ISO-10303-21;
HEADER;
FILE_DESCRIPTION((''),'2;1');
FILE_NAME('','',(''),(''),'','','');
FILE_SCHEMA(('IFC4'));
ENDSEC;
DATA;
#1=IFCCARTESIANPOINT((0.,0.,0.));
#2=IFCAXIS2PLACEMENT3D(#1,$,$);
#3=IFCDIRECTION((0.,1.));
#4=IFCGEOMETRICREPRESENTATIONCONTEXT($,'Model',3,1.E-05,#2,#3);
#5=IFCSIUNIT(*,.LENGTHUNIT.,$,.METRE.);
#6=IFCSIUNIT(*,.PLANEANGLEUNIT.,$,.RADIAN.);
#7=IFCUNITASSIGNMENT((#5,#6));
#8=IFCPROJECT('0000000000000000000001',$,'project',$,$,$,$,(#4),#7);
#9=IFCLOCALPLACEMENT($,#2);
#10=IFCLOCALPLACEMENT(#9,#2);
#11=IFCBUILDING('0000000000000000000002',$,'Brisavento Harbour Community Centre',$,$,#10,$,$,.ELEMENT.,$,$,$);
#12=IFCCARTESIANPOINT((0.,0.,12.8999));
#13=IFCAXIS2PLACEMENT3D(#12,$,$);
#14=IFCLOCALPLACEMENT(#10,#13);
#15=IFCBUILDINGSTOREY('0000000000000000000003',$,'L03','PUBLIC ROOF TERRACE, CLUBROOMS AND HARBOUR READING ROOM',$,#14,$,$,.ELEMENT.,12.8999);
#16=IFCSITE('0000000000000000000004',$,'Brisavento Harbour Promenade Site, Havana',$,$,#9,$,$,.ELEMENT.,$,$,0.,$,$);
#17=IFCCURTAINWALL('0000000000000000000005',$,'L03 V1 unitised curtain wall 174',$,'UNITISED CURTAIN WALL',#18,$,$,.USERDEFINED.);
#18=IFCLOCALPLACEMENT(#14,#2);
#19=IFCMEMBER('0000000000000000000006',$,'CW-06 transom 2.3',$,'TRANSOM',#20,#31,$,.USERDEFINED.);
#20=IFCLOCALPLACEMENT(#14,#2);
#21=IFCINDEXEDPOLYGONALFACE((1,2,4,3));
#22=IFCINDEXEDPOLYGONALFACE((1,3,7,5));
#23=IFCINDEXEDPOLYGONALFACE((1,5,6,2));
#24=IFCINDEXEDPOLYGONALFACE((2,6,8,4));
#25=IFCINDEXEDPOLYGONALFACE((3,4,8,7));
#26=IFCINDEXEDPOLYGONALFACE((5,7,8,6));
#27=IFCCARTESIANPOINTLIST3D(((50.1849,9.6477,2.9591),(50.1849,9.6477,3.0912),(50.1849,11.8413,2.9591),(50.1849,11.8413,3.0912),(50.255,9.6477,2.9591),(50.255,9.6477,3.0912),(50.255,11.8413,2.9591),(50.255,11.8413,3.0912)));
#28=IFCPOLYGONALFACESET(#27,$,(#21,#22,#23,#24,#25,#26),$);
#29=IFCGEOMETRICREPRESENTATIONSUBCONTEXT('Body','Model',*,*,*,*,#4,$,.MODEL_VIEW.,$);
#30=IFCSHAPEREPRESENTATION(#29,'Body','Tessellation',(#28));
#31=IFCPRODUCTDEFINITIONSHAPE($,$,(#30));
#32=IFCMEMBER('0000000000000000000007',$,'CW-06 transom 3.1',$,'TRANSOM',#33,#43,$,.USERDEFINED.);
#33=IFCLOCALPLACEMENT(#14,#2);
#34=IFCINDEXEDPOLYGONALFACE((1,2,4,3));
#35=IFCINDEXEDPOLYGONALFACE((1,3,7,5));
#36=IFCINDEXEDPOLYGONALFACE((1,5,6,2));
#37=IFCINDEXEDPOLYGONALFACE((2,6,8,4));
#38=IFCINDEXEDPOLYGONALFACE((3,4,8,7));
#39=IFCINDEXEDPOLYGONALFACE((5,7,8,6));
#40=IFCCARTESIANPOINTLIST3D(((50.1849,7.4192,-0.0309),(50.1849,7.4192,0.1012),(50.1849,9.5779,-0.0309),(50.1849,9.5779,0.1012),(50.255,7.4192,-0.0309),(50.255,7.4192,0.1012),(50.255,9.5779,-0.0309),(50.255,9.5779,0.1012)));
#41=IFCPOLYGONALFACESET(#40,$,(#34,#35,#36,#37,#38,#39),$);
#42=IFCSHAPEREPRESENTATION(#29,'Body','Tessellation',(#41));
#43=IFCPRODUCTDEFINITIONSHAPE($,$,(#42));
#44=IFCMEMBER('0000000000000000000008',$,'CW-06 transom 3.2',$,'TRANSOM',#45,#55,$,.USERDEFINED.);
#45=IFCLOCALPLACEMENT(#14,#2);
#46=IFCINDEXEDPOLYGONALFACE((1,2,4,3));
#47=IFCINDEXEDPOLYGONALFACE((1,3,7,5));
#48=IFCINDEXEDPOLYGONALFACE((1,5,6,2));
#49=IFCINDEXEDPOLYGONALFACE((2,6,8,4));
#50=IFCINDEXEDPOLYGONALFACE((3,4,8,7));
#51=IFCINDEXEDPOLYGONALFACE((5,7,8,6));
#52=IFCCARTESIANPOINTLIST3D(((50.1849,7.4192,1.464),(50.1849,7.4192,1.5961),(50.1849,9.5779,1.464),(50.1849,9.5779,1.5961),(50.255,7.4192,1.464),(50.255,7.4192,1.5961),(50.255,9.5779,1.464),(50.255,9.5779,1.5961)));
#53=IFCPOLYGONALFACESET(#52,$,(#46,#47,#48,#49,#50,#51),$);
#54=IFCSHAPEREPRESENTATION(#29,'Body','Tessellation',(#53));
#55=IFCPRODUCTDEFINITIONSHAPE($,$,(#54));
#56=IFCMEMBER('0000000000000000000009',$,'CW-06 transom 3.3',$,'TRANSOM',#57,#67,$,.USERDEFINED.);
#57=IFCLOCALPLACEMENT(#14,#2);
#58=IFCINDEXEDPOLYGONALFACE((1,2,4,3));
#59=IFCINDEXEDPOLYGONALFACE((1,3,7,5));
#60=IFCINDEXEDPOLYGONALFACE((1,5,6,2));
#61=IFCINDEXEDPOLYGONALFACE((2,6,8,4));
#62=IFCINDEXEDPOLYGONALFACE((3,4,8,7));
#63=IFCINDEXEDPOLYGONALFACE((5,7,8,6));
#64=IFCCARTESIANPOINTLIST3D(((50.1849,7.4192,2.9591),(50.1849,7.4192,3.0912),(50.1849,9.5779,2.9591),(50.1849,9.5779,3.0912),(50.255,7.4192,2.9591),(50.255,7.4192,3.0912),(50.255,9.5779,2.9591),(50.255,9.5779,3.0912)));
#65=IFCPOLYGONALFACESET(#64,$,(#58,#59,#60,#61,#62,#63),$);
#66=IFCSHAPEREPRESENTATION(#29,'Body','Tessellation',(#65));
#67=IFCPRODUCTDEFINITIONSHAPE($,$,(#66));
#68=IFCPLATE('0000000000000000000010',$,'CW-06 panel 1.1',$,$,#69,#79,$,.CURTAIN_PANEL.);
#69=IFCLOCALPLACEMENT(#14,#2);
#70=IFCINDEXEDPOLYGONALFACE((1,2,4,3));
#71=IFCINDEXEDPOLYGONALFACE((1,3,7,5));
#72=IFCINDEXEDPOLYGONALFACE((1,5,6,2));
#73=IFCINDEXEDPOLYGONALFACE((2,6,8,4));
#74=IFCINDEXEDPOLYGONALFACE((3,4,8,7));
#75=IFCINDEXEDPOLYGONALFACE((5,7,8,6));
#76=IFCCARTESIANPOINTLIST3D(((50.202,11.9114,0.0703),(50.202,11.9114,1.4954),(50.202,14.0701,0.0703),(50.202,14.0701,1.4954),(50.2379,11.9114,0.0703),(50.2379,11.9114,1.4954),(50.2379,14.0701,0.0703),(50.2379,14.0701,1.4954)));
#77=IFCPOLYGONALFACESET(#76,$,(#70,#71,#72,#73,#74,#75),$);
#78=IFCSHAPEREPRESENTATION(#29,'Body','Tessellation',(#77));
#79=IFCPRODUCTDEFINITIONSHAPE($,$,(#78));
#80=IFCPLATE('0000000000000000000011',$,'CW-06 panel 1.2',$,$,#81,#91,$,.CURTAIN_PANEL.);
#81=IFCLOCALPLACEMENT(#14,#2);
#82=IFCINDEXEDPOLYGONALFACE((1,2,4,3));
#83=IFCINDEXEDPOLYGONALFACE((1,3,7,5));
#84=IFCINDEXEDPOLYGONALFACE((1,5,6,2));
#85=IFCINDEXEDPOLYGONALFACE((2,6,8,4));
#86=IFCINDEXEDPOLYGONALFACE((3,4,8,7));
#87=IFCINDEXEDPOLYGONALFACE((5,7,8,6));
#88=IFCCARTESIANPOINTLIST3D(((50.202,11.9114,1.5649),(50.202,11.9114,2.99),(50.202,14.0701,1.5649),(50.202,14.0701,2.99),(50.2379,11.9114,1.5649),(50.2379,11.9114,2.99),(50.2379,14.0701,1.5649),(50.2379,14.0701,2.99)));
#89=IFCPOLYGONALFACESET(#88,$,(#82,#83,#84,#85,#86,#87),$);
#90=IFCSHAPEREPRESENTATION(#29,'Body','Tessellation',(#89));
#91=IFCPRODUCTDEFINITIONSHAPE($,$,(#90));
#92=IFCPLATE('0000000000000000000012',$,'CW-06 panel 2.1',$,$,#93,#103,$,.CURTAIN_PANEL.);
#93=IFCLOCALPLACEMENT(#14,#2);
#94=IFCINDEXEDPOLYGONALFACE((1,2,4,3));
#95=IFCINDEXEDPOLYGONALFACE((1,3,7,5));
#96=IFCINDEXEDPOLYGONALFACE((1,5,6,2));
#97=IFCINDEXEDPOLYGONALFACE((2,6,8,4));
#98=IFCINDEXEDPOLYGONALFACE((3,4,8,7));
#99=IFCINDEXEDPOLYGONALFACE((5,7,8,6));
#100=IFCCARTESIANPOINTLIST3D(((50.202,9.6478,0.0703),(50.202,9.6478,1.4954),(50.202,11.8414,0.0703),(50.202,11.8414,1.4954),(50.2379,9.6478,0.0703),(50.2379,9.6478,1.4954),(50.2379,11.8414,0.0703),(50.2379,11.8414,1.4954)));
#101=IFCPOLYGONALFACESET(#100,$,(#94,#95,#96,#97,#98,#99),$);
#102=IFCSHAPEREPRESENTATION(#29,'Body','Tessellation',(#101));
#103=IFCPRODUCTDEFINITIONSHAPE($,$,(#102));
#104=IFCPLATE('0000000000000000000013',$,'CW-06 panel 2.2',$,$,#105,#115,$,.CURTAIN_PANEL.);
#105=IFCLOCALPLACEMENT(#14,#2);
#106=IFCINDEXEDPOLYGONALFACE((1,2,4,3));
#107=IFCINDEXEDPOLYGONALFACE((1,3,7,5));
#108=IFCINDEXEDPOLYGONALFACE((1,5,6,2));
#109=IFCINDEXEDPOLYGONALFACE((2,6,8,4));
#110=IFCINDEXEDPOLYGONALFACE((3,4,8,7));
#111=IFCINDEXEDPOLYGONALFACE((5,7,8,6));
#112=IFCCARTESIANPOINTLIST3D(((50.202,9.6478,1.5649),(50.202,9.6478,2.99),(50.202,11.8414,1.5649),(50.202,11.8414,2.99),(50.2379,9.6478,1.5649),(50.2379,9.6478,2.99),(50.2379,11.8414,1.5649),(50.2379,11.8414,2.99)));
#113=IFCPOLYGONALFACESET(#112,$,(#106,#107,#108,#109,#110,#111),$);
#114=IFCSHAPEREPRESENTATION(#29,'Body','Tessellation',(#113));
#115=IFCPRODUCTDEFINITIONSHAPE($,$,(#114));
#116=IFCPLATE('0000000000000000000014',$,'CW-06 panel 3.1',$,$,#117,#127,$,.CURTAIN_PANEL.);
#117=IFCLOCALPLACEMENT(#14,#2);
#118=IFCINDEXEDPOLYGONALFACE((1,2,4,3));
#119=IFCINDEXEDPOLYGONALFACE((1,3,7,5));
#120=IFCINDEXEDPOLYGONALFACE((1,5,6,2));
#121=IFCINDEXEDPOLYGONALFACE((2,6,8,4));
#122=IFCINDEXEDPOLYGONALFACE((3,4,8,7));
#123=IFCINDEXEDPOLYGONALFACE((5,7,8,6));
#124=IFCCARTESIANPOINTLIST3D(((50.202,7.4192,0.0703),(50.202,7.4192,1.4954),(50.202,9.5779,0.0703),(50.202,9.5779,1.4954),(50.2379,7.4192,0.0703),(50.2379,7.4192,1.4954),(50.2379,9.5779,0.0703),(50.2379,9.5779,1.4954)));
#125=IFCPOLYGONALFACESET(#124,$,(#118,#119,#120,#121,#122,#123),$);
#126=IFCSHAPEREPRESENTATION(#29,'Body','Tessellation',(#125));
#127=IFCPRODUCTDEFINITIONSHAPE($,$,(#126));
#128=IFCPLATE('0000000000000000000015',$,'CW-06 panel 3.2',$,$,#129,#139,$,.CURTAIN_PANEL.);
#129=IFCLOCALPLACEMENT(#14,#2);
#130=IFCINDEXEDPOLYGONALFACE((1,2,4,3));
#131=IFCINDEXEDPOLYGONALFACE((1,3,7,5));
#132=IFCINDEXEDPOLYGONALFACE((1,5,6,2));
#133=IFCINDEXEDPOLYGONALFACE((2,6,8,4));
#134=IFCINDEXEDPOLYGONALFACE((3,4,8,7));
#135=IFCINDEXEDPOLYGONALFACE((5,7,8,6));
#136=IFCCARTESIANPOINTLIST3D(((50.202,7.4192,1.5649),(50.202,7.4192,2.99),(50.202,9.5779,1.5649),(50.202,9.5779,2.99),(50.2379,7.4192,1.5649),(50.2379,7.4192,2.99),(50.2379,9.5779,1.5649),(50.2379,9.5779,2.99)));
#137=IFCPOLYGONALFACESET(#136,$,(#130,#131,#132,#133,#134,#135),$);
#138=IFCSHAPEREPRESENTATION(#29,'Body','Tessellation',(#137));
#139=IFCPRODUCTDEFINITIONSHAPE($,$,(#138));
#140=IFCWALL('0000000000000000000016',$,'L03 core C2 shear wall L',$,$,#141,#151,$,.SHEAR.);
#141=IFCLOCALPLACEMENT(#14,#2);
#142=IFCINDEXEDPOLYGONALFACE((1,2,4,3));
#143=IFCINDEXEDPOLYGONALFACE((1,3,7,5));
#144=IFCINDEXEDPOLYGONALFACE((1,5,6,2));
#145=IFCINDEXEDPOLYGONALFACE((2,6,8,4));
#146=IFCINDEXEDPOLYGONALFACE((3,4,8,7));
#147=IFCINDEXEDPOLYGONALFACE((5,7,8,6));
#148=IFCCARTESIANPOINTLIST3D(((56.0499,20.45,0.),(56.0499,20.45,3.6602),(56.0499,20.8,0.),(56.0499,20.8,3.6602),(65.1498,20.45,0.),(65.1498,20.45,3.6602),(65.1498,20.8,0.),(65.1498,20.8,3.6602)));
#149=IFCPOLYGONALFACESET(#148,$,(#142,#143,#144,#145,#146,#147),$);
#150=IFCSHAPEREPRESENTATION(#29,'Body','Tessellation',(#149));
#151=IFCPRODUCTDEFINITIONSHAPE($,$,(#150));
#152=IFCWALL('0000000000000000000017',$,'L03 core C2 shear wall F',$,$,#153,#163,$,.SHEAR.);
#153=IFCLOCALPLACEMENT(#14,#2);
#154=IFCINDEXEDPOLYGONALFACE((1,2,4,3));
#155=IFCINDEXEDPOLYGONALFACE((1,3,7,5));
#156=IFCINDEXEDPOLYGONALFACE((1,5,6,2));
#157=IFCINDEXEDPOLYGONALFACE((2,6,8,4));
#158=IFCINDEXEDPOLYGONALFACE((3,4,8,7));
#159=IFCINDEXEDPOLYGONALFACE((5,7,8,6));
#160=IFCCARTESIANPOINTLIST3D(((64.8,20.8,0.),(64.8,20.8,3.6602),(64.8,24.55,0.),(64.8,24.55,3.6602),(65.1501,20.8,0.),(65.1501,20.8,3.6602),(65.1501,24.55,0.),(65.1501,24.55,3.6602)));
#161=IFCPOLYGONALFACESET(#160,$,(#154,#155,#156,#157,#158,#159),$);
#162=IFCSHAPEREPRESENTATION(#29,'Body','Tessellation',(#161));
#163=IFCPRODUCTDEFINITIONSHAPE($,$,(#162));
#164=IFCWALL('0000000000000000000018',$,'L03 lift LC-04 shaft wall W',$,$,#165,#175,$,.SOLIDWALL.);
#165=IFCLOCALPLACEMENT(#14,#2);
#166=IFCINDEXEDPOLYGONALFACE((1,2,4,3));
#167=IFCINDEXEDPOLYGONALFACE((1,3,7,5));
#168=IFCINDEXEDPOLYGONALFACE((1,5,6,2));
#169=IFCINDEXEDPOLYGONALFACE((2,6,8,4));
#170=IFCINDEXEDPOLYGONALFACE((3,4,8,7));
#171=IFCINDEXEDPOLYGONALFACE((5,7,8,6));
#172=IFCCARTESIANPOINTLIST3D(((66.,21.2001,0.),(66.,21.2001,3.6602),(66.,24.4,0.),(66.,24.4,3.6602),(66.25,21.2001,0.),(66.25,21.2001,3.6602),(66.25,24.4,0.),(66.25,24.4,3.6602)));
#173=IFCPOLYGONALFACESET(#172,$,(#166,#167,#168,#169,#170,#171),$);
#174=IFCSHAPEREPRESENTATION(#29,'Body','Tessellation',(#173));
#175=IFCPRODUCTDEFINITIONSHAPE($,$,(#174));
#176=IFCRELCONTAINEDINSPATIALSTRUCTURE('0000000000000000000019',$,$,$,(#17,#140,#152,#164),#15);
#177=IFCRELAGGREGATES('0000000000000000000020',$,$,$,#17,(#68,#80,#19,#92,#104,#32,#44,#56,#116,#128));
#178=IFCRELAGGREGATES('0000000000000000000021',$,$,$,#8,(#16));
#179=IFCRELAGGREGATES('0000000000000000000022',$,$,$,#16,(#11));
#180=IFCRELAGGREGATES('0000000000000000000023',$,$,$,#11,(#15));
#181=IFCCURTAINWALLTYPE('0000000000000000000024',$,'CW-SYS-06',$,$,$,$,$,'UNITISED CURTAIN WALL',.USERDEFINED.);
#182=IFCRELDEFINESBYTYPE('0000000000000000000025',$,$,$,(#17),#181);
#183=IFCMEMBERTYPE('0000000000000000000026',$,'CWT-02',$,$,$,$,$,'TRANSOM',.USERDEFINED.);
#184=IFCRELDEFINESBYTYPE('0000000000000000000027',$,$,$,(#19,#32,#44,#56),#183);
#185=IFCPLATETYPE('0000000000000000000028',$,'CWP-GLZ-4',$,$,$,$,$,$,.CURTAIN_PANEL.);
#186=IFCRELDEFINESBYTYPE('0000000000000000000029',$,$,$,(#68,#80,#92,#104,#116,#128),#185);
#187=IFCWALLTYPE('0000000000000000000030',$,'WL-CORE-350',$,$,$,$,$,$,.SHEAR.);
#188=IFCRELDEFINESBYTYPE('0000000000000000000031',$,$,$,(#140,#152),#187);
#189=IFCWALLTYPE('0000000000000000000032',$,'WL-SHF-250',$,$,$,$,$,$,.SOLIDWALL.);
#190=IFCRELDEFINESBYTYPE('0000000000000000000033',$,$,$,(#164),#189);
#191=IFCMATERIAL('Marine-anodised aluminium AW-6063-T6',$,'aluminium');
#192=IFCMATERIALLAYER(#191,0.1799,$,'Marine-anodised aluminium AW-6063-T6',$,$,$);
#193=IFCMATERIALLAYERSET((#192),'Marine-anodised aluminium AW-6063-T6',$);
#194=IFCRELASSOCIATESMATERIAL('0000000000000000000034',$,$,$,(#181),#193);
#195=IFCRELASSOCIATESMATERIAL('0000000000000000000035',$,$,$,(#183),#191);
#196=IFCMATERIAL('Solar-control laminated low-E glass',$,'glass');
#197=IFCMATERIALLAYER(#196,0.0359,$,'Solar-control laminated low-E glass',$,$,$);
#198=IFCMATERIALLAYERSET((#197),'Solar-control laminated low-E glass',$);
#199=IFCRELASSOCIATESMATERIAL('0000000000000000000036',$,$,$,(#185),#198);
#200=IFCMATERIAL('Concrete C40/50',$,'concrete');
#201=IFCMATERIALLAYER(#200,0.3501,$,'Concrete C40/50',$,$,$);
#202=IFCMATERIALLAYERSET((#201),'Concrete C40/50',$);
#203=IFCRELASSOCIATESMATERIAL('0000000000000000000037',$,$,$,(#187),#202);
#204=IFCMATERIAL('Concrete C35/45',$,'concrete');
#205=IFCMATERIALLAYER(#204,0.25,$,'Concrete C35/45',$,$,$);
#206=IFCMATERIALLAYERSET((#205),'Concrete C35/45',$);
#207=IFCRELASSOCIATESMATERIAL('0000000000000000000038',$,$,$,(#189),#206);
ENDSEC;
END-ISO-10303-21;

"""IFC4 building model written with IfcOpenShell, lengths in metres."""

from ifc_helpers import new_model, si_unit, direction, frame, frame_2d, origin, origin_2d, place, context, subcontext, project, spatial, rectangle, extrude, material, layer, layer_set, material_profile, profile_set, type_object, element, aggregate, save


model = new_model("IFC4")

# Units and contexts
model_context = context("Model", 3, precision=1e-05, world=origin(), true_north=direction((0.0, 1.0)))
body_context = subcontext(model_context, "Body", "Model", "MODEL_VIEW")
ifc_project = project(units=[si_unit("LENGTHUNIT", "METRE"), si_unit("PLANEANGLEUNIT", "RADIAN")], contexts=[model_context])

# Site, building, storey
site_placement = place(None, origin())
site = spatial("IfcSite", under=ifc_project, at=site_placement, Name="Brisavento Harbour Promenade Site, Havana", CompositionType="ELEMENT", RefElevation=0.0)
building_placement = place(site_placement, origin())
building = spatial("IfcBuilding", under=site, at=building_placement, Name="Brisavento Harbour Community Centre", CompositionType="ELEMENT")
storey_placement = place(building_placement, frame((0.0, 0.0, 12.8999)))
storey = spatial("IfcBuildingStorey", under=building, at=storey_placement, Name="L03", Description="PUBLIC ROOF TERRACE, CLUBROOMS AND HARBOUR READING ROOM", CompositionType="ELEMENT", Elevation=12.8999)

# Shared definitions
ifc_material_1 = material(Name="Concrete C35/45", Category="concrete")

# Curtain wall
ifc_material_2 = material(Name="Marine-anodised aluminium AW-6063-T6", Category="aluminium")
ifc_layer_1 = layer(ifc_material_2, 0.1799, Name="Marine-anodised aluminium AW-6063-T6")
ifc_layer_set_1 = layer_set([ifc_layer_1], Name="Marine-anodised aluminium AW-6063-T6")
curtain_wall_type_1 = type_object("IfcCurtainWallType", Name="CW-SYS-06", ElementType="UNITISED CURTAIN WALL", PredefinedType="USERDEFINED", material=ifc_layer_set_1)
curtain_wall_1_placement = place(storey_placement, origin())
curtain_wall_1 = element("IfcCurtainWall", 1, at=curtain_wall_1_placement, inside=storey, type_object=curtain_wall_type_1, Name="L03 V1 unitised curtain wall 174", ObjectType="UNITISED CURTAIN WALL", PredefinedType="USERDEFINED")

# Members
ifc_material_profile_1 = material_profile(ifc_material_2, rectangle(XDim=0.0701, YDim=0.1321, at=origin_2d()), Name="Marine-anodised aluminium AW-6063-T6")
ifc_profile_set_1 = profile_set([ifc_material_profile_1], Name="Marine-anodised aluminium AW-6063-T6")
member_type_1 = type_object("IfcMemberType", Name="CWT-02", ElementType="TRANSOM", PredefinedType="USERDEFINED", material=ifc_profile_set_1)
member_1_placement = place(storey_placement, frame((50.22, 11.8413, 3.0251), z_axis=(0.0, -1.0, 0.0), x_axis=(1.0, 0.0, 0.0)))
member_1 = element("IfcMember", 2, at=member_1_placement, type_object=member_type_1, Name="CW-06 transom 2.3", ObjectType="TRANSOM", PredefinedType="USERDEFINED", context=body_context, shape_type="SweptSolid", body=[
    extrude(rectangle(XDim=0.0701, YDim=0.1321, at=origin_2d()), origin(), (0.0, 0.0, 1.0), 2.1936),
])
member_2_placement = place(storey_placement, frame((50.22, 9.5779, 0.0352), z_axis=(0.0, -1.0, 0.0), x_axis=(1.0, 0.0, 0.0)))
member_2 = element("IfcMember", 3, at=member_2_placement, type_object=member_type_1, Name="CW-06 transom 3.1", ObjectType="TRANSOM", PredefinedType="USERDEFINED", context=body_context, shape_type="SweptSolid", body=[
    extrude(rectangle(XDim=0.0701, YDim=0.1321, at=origin_2d()), origin(), (0.0, 0.0, 1.0), 2.1587),
])
member_3_placement = place(storey_placement, frame((50.22, 9.5779, 1.53), z_axis=(0.0, -1.0, 0.0), x_axis=(1.0, 0.0, 0.0)))
member_3 = element("IfcMember", 4, at=member_3_placement, type_object=member_type_1, Name="CW-06 transom 3.2", ObjectType="TRANSOM", PredefinedType="USERDEFINED", context=body_context, shape_type="SweptSolid", body=[
    extrude(rectangle(XDim=0.0701, YDim=0.1321, at=origin_2d()), origin(), (0.0, 0.0, 1.0), 2.1587),
])
member_4_placement = place(storey_placement, frame((50.22, 9.5779, 3.0251), z_axis=(0.0, -1.0, 0.0), x_axis=(1.0, 0.0, 0.0)))
member_4 = element("IfcMember", 5, at=member_4_placement, type_object=member_type_1, Name="CW-06 transom 3.3", ObjectType="TRANSOM", PredefinedType="USERDEFINED", context=body_context, shape_type="SweptSolid", body=[
    extrude(rectangle(XDim=0.0701, YDim=0.1321, at=origin_2d()), origin(), (0.0, 0.0, 1.0), 2.1587),
])

# Plates
ifc_material_3 = material(Name="Solar-control laminated low-E glass", Category="glass")
ifc_layer_2 = layer(ifc_material_3, 0.0359, Name="Solar-control laminated low-E glass")
ifc_layer_set_2 = layer_set([ifc_layer_2], Name="Solar-control laminated low-E glass")
plate_type = type_object("IfcPlateType", Name="CWP-GLZ-4", PredefinedType="CURTAIN_PANEL", material=ifc_layer_set_2)
plate_1_placement = place(storey_placement, frame((50.22, 12.9907, 0.0703), z_axis=(0.0, 0.0, 1.0), x_axis=(0.0, -1.0, 0.0)))
plate_1 = element("IfcPlate", 6, at=plate_1_placement, type_object=plate_type, Name="CW-06 panel 1.1", PredefinedType="CURTAIN_PANEL", context=body_context, shape_type="SweptSolid", body=[
    extrude(rectangle(XDim=2.1587, YDim=0.0359, at=origin_2d()), origin(), (0.0, 0.0, 1.0), 1.425),
])
plate_2_placement = place(storey_placement, frame((50.22, 12.9907, 1.5649), z_axis=(0.0, 0.0, 1.0), x_axis=(0.0, -1.0, 0.0)))
plate_2 = element("IfcPlate", 7, at=plate_2_placement, type_object=plate_type, Name="CW-06 panel 1.2", PredefinedType="CURTAIN_PANEL", context=body_context, shape_type="SweptSolid", body=[
    extrude(rectangle(XDim=2.1587, YDim=0.0359, at=origin_2d()), origin(), (0.0, 0.0, 1.0), 1.425),
])
plate_3_placement = place(storey_placement, frame((50.22, 10.7446, 0.0703), z_axis=(0.0, 0.0, 1.0), x_axis=(0.0, -1.0, 0.0)))
plate_3 = element("IfcPlate", 8, at=plate_3_placement, type_object=plate_type, Name="CW-06 panel 2.1", PredefinedType="CURTAIN_PANEL", context=body_context, shape_type="SweptSolid", body=[
    extrude(rectangle(XDim=2.1936, YDim=0.0359, at=origin_2d()), origin(), (0.0, 0.0, 1.0), 1.425),
])
plate_4_placement = place(storey_placement, frame((50.22, 10.7446, 1.5649), z_axis=(0.0, 0.0, 1.0), x_axis=(0.0, -1.0, 0.0)))
plate_4 = element("IfcPlate", 9, at=plate_4_placement, type_object=plate_type, Name="CW-06 panel 2.2", PredefinedType="CURTAIN_PANEL", context=body_context, shape_type="SweptSolid", body=[
    extrude(rectangle(XDim=2.1936, YDim=0.0359, at=origin_2d()), origin(), (0.0, 0.0, 1.0), 1.425),
])
plate_5_placement = place(storey_placement, frame((50.22, 8.4985, 0.0703), z_axis=(0.0, 0.0, 1.0), x_axis=(0.0, -1.0, 0.0)))
plate_5 = element("IfcPlate", 10, at=plate_5_placement, type_object=plate_type, Name="CW-06 panel 3.1", PredefinedType="CURTAIN_PANEL", context=body_context, shape_type="SweptSolid", body=[
    extrude(rectangle(XDim=2.1587, YDim=0.0359, at=origin_2d()), origin(), (0.0, 0.0, 1.0), 1.425),
])
plate_6_placement = place(storey_placement, frame((50.22, 8.4985, 1.5649), z_axis=(0.0, 0.0, 1.0), x_axis=(0.0, -1.0, 0.0)))
plate_6 = element("IfcPlate", 11, at=plate_6_placement, type_object=plate_type, Name="CW-06 panel 3.2", PredefinedType="CURTAIN_PANEL", context=body_context, shape_type="SweptSolid", body=[
    extrude(rectangle(XDim=2.1587, YDim=0.0359, at=origin_2d()), origin(), (0.0, 0.0, 1.0), 1.425),
])
aggregate(curtain_wall_1, [plate_1, plate_2, member_1, plate_3, plate_4, member_2, member_3, member_4, plate_5, plate_6])

# Walls
ifc_material_4 = material(Name="Concrete C40/50", Category="concrete")
ifc_layer_3 = layer(ifc_material_4, 0.3501, Name="Concrete C40/50")
ifc_layer_set_3 = layer_set([ifc_layer_3], Name="Concrete C40/50")
wall_type_1 = type_object("IfcWallType", Name="WL-CORE-350", PredefinedType="SHEAR", material=ifc_layer_set_3)
wall_1_placement = place(storey_placement, frame((56.05, 20.625, 0.0), z_axis=(0.0, 0.0, 1.0), x_axis=(1.0, 0.0, 0.0)))
element("IfcWall", 12, at=wall_1_placement, inside=storey, type_object=wall_type_1, Name="L03 core C2 shear wall L", PredefinedType="SHEAR", context=body_context, shape_type="SweptSolid", body=[
    extrude(rectangle(XDim=9.0999, YDim=0.3501, at=frame_2d((4.5498, 0.0))), origin(), (0.0, 0.0, 1.0), 3.6602),
])
wall_2_placement = place(storey_placement, frame((64.9751, 20.8, 0.0), z_axis=(0.0, 0.0, 1.0), x_axis=(0.0, 1.0, 0.0)))
element("IfcWall", 13, at=wall_2_placement, inside=storey, type_object=wall_type_1, Name="L03 core C2 shear wall F", PredefinedType="SHEAR", context=body_context, shape_type="SweptSolid", body=[
    extrude(rectangle(XDim=3.75, YDim=0.3501, at=frame_2d((1.875, 0.0))), origin(), (0.0, 0.0, 1.0), 3.6602),
])
ifc_layer_4 = layer(ifc_material_1, 0.25, Name="Concrete C35/45")
ifc_layer_set_4 = layer_set([ifc_layer_4], Name="Concrete C35/45")
wall_type_2 = type_object("IfcWallType", Name="WL-SHF-250", PredefinedType="SOLIDWALL", material=ifc_layer_set_4)
wall_3_placement = place(storey_placement, frame((66.125, 21.2, 0.0), z_axis=(0.0, 0.0, 1.0), x_axis=(0.0, 1.0, 0.0)))
element("IfcWall", 14, at=wall_3_placement, inside=storey, type_object=wall_type_2, Name="L03 lift LC-04 shaft wall W", PredefinedType="SOLIDWALL", context=body_context, shape_type="SweptSolid", body=[
    extrude(rectangle(XDim=3.2, YDim=0.25, at=frame_2d((1.6001, 0.0))), origin(), (0.0, 0.0, 1.0), 3.6602),
])

save(model, "model.ifc")
